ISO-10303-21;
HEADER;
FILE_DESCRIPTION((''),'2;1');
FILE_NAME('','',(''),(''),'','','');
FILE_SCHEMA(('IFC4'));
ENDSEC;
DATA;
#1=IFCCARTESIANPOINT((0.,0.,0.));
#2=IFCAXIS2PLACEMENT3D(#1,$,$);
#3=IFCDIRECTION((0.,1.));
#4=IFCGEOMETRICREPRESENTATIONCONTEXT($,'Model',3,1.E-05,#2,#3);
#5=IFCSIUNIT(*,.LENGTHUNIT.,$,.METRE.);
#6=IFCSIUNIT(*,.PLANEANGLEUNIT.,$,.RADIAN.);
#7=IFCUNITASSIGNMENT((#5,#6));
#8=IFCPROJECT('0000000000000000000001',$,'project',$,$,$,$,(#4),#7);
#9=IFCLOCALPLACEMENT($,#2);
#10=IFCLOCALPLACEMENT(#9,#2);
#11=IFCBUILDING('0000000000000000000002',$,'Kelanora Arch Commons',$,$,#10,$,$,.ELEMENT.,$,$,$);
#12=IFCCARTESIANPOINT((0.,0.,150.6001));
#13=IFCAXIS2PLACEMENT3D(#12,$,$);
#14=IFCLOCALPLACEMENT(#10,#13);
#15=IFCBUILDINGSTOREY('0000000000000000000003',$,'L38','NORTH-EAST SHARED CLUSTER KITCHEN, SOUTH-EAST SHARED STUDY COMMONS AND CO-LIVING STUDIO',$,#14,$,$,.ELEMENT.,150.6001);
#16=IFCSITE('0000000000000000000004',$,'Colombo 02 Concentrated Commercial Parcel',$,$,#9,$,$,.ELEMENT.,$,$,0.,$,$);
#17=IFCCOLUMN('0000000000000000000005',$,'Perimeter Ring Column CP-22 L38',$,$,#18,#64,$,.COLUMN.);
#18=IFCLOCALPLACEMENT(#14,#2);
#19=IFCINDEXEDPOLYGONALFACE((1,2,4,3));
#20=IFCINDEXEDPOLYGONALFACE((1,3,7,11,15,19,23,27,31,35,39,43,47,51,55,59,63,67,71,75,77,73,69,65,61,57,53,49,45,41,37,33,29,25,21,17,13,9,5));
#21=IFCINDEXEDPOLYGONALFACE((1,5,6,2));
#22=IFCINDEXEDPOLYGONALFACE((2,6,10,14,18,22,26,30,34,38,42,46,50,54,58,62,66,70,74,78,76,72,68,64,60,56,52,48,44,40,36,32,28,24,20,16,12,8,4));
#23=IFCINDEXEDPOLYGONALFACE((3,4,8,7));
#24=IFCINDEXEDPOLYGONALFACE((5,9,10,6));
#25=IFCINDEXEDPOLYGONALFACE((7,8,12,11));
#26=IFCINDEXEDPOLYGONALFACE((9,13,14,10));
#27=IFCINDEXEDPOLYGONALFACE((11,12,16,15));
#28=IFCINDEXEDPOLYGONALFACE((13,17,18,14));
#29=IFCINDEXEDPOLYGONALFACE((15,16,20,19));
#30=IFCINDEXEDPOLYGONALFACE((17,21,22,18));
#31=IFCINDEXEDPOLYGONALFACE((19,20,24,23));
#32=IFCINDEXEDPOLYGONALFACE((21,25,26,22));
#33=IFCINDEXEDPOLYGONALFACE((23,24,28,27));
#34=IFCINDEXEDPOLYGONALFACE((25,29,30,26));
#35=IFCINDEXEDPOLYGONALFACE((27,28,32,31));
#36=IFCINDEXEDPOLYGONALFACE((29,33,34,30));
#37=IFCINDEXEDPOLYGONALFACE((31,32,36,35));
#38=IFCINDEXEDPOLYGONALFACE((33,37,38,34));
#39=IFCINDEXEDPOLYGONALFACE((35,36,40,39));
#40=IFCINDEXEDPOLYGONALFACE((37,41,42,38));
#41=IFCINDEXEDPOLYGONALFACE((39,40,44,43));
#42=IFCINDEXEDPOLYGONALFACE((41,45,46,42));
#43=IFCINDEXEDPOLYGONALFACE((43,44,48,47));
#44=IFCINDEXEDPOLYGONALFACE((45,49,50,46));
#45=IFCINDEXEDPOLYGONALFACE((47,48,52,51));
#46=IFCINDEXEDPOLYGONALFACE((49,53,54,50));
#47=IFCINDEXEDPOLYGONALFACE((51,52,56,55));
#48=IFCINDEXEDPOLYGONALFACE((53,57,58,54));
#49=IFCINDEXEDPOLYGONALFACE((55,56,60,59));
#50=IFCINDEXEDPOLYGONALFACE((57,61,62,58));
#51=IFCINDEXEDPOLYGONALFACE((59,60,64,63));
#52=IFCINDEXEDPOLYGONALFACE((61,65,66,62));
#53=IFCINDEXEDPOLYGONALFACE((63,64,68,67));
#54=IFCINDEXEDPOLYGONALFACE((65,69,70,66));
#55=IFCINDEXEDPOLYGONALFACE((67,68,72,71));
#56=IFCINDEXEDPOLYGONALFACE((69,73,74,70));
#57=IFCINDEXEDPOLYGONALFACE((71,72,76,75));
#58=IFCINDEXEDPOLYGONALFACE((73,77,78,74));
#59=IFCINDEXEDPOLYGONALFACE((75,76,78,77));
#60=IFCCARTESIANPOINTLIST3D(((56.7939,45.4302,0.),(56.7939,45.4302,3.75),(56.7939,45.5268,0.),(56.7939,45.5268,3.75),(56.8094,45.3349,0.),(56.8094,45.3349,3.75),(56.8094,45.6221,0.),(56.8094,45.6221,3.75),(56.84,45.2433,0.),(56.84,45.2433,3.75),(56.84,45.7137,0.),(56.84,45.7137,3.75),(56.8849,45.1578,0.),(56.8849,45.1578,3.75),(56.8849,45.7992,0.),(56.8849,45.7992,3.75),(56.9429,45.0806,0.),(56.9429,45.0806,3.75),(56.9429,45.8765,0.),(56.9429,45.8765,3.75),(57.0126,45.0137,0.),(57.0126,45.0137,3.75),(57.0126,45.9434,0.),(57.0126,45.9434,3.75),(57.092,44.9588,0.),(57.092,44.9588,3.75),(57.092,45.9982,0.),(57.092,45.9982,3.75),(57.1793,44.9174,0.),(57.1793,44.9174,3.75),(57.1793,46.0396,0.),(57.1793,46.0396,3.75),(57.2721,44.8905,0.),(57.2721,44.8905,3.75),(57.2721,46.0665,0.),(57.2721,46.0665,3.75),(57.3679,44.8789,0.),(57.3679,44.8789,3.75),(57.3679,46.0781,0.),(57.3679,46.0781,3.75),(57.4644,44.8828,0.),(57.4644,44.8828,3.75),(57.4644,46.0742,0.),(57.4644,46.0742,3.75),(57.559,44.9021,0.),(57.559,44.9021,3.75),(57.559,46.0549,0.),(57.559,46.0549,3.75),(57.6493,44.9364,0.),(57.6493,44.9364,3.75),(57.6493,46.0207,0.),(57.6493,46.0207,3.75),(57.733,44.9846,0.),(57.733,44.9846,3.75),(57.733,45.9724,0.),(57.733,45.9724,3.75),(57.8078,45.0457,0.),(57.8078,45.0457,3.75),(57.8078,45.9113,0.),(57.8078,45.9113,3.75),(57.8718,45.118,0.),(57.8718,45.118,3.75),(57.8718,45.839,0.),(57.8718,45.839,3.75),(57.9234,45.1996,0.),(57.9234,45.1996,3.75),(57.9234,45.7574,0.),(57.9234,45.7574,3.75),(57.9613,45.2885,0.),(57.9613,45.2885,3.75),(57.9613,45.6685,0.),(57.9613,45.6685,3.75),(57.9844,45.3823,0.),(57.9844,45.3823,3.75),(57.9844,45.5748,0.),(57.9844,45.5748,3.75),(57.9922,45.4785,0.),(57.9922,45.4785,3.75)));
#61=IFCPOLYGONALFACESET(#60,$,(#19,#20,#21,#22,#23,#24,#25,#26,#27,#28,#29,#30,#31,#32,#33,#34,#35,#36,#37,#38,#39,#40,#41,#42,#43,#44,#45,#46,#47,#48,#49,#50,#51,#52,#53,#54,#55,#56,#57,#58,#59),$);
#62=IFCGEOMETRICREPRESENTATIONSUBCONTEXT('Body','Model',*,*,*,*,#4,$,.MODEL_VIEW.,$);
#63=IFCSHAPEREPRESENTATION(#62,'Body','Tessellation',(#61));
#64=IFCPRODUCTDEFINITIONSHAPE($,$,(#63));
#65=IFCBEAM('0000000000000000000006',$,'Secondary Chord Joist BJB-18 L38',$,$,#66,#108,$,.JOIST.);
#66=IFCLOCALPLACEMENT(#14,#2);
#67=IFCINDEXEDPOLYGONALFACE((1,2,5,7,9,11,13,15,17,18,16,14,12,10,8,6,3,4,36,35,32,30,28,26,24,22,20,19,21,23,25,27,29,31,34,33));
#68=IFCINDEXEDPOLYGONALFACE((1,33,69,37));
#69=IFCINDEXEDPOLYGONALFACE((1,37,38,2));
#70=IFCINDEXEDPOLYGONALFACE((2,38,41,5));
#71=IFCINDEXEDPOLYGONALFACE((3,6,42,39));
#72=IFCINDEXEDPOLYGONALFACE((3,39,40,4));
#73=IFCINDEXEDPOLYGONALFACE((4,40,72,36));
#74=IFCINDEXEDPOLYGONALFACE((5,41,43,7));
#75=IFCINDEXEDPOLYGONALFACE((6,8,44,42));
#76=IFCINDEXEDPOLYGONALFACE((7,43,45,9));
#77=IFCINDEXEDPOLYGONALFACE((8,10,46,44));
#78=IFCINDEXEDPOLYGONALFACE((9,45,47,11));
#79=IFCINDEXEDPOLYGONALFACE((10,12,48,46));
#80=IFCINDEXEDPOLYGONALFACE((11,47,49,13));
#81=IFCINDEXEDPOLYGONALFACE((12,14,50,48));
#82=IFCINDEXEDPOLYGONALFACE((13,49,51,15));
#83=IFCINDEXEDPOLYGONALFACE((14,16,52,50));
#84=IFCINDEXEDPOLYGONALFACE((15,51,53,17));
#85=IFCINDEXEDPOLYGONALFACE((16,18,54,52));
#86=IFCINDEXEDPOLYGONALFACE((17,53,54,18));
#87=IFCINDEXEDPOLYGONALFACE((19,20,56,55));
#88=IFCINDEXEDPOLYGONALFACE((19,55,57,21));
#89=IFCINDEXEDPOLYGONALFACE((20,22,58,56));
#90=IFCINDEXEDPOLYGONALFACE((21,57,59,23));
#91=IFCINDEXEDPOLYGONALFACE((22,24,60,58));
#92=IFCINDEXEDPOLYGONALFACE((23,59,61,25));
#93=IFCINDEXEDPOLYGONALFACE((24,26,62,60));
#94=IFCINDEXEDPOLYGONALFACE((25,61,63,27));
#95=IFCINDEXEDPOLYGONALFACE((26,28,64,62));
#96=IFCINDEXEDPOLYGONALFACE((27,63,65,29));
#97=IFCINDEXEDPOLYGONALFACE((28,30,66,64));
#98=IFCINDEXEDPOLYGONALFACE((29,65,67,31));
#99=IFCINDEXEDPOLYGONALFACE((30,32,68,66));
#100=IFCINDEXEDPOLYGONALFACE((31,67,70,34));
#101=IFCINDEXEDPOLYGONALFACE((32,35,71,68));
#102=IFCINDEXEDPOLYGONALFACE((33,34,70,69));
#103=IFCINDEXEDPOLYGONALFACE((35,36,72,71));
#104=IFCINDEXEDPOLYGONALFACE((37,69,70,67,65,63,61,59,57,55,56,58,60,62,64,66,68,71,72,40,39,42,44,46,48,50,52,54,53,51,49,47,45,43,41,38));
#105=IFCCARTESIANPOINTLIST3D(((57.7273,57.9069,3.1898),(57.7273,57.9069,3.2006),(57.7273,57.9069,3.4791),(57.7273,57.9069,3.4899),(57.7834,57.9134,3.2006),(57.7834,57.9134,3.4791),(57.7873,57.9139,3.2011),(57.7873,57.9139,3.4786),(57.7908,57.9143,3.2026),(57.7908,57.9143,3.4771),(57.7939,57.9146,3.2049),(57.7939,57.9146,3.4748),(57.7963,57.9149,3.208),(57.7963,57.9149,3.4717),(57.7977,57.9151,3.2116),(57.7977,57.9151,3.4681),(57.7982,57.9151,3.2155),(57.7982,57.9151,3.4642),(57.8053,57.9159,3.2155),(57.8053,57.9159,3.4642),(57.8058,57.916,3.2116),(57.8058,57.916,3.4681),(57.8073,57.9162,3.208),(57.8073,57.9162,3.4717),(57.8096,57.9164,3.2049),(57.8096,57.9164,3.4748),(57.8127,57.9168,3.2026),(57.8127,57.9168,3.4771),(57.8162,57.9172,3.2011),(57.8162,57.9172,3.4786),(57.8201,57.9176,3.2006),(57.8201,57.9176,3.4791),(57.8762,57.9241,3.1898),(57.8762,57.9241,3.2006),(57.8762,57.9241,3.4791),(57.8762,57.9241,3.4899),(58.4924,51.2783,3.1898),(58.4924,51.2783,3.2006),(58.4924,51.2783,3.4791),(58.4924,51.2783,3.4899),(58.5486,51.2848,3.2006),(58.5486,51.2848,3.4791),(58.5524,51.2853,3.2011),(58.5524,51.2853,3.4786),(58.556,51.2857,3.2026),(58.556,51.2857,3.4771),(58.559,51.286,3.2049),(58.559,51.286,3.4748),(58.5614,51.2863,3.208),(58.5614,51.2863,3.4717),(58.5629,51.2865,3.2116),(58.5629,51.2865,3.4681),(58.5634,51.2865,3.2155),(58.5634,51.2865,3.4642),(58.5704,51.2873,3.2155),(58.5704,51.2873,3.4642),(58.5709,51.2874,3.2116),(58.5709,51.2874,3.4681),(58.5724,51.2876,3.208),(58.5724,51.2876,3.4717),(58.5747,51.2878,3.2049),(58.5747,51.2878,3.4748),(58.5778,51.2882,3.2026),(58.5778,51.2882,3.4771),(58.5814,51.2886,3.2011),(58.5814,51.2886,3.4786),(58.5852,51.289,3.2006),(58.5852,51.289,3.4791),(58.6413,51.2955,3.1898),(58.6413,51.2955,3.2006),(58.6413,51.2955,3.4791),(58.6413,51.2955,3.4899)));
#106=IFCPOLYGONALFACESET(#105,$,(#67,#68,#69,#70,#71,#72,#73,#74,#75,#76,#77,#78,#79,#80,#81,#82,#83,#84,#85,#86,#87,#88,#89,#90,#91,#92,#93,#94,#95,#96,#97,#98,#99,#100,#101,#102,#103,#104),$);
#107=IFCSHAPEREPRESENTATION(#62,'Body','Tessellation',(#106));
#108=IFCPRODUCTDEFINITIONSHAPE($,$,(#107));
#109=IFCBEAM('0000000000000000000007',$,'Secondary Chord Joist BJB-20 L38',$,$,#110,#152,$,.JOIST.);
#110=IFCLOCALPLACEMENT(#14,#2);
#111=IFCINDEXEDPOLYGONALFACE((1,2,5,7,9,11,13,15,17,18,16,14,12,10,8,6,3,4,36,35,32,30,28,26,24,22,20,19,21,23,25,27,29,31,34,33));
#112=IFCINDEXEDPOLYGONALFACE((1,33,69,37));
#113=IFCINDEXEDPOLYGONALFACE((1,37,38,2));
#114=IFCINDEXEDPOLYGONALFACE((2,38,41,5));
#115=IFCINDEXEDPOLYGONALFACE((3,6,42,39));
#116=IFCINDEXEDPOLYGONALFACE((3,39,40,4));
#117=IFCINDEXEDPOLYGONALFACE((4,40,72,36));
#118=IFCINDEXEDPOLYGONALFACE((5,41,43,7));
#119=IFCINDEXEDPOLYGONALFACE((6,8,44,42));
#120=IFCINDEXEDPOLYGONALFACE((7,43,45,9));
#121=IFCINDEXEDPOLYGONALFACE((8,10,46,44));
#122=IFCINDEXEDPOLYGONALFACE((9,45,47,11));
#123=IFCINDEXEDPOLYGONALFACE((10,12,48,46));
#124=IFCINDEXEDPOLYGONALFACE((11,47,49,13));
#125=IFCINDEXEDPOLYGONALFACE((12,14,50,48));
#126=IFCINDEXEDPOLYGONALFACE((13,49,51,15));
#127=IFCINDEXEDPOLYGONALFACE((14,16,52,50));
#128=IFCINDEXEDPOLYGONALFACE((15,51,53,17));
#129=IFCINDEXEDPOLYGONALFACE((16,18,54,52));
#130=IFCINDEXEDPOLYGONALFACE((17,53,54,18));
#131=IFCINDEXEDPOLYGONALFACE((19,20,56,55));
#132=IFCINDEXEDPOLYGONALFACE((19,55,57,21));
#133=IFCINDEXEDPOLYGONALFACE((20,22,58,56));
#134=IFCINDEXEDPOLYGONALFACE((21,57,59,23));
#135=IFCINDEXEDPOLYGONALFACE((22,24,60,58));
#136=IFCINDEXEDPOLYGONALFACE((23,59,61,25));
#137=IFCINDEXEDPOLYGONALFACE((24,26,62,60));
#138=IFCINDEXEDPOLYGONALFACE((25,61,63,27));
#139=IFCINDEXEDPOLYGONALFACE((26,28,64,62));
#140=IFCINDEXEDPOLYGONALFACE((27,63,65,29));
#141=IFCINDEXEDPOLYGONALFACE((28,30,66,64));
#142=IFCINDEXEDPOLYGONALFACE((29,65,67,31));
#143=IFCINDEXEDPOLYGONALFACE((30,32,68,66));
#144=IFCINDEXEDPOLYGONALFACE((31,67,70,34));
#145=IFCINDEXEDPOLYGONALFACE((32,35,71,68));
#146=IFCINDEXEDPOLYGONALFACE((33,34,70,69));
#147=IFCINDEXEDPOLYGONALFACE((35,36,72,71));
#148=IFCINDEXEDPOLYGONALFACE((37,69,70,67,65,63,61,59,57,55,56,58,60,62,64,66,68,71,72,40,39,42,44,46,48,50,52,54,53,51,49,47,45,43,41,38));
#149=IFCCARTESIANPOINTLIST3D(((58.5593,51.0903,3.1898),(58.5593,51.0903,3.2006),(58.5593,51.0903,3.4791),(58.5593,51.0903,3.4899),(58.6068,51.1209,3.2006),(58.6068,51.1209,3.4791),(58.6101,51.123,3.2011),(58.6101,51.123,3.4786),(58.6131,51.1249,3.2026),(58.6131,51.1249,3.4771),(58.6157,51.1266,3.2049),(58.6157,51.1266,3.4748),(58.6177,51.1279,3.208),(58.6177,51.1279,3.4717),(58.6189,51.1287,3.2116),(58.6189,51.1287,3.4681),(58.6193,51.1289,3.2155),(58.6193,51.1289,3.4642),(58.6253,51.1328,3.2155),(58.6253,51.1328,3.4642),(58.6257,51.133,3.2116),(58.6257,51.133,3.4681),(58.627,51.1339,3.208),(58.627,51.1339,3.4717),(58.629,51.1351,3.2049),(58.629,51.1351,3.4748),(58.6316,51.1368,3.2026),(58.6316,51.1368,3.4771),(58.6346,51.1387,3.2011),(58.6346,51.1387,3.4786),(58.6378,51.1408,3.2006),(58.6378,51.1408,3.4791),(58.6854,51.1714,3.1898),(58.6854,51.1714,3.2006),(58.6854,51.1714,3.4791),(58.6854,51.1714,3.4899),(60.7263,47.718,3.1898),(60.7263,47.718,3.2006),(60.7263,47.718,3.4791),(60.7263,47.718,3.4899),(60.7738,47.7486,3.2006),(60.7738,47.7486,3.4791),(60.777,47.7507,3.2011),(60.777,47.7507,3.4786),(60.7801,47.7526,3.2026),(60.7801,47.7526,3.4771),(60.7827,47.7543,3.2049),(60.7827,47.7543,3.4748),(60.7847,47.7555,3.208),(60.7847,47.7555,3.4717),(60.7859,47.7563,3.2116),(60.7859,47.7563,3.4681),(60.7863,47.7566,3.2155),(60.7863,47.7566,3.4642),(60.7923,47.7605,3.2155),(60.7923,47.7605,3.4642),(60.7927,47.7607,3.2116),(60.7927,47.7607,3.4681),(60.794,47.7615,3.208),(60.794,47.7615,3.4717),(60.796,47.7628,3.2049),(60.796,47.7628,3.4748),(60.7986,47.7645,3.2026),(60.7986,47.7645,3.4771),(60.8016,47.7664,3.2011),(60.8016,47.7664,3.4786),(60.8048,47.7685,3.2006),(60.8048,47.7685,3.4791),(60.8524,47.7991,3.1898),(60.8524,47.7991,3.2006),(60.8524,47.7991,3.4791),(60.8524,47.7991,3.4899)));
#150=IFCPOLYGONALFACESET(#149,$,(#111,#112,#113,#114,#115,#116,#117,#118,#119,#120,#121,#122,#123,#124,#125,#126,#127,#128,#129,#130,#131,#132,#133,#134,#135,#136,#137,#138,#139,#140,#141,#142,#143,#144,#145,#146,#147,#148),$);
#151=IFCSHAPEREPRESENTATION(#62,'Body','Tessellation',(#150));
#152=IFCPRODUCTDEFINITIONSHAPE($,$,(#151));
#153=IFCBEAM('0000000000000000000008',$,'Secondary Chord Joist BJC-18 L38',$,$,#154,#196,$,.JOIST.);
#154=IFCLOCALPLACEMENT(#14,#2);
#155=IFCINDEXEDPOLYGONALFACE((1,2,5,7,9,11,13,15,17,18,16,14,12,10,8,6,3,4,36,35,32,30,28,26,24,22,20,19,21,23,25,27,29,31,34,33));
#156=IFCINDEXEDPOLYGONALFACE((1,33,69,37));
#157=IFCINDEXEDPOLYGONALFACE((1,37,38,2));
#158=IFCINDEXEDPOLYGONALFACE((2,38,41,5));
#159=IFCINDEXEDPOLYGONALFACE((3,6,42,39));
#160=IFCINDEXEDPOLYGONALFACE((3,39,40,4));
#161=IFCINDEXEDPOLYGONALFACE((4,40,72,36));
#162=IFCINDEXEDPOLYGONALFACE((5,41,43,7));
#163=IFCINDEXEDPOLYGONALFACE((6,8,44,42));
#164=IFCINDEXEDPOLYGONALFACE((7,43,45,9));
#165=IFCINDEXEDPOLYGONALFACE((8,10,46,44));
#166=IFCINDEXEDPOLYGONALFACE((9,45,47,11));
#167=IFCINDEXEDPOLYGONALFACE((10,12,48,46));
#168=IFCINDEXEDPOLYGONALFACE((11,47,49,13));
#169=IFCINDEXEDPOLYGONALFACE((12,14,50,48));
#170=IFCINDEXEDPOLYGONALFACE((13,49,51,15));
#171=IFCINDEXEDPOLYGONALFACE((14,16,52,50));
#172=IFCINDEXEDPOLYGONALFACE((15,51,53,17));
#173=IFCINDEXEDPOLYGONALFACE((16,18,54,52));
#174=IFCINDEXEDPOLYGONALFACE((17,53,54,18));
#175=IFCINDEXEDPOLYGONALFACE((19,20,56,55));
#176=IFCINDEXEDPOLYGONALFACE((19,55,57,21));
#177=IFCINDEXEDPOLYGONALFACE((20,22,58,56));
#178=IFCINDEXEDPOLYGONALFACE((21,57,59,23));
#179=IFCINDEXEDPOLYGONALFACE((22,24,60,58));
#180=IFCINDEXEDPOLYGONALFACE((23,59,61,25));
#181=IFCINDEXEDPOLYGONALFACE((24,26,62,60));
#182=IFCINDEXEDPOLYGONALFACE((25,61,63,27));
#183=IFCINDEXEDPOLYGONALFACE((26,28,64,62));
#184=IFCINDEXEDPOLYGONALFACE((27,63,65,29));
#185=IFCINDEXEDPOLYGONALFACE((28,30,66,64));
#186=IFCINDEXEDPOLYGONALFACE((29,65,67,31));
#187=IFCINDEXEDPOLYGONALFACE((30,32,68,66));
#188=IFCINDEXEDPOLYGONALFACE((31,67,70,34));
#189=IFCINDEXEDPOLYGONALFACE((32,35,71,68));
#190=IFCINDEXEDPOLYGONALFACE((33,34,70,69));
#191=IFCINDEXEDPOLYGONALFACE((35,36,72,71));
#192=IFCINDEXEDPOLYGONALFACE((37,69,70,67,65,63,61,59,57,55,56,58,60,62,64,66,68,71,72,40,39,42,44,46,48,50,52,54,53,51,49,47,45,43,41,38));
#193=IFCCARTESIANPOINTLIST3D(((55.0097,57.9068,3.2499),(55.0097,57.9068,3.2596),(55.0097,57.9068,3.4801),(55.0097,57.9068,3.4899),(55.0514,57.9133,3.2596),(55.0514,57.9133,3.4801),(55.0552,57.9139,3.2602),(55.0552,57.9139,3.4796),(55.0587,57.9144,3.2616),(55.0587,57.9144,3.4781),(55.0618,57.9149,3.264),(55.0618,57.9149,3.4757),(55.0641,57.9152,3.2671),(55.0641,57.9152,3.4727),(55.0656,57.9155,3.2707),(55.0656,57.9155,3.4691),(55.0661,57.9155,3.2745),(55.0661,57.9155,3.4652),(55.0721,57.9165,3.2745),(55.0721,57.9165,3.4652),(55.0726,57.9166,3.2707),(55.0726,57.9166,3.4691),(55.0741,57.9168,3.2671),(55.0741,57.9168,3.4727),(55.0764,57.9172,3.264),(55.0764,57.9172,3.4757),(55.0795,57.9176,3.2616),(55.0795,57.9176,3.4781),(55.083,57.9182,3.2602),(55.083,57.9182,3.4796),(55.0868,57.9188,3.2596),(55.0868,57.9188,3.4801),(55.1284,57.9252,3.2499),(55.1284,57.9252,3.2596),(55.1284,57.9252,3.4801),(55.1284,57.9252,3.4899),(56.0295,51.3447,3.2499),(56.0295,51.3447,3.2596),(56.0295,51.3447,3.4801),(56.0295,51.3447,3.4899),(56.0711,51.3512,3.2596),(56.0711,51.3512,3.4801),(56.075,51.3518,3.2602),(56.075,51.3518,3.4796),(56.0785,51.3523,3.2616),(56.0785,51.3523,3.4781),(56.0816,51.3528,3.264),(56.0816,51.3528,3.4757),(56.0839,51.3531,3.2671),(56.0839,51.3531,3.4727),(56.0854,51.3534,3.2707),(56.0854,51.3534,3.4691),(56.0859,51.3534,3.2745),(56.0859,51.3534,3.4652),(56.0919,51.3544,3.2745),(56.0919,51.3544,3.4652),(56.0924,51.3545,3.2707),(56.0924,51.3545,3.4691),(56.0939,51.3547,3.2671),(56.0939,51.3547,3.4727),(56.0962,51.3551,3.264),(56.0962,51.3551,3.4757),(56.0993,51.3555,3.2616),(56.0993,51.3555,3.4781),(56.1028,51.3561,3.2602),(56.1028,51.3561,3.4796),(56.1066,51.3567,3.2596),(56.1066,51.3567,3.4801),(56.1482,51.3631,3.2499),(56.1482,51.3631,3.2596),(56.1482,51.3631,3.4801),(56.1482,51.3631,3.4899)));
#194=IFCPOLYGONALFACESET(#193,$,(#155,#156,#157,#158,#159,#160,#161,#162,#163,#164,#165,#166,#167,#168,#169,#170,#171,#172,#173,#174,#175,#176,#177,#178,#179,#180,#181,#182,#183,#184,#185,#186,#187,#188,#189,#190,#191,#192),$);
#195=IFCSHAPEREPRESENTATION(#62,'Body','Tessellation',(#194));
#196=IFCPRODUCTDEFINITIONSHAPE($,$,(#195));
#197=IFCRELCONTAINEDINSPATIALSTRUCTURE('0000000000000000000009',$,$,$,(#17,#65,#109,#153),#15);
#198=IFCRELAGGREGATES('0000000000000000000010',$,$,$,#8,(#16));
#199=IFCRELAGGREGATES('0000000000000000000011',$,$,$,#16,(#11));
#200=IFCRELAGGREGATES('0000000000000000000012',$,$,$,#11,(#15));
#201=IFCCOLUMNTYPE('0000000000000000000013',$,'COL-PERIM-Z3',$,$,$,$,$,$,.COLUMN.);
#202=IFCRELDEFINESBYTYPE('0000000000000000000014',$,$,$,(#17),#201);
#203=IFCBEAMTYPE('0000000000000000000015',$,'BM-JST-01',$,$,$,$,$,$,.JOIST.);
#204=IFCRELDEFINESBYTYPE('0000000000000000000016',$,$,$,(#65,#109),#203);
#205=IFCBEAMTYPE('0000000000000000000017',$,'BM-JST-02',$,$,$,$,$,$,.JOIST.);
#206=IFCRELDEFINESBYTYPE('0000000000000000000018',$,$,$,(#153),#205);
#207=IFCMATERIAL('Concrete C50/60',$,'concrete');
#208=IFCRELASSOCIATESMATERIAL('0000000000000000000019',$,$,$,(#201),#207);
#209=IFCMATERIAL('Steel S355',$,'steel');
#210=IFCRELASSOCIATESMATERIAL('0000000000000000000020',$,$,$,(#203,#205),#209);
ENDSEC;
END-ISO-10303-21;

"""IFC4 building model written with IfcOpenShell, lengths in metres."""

from ifc_helpers import new_model, si_unit, direction, frame, origin, origin_2d, place, context, subcontext, project, spatial, circle, i_section, extrude, material, material_profile, profile_set, type_object, element, save


model = new_model("IFC4")

# Units and contexts
model_context = context("Model", 3, precision=1e-05, world=origin(), true_north=direction((0.0, 1.0)))
body_context = subcontext(model_context, "Body", "Model", "MODEL_VIEW")
ifc_project = project(units=[si_unit("LENGTHUNIT", "METRE"), si_unit("PLANEANGLEUNIT", "RADIAN")], contexts=[model_context])

# Site, building, storey
site_placement = place(None, origin())
site = spatial("IfcSite", under=ifc_project, at=site_placement, Name="Colombo 02 Concentrated Commercial Parcel", CompositionType="ELEMENT", RefElevation=0.0)
building_placement = place(site_placement, origin())
building = spatial("IfcBuilding", under=site, at=building_placement, Name="Kelanora Arch Commons", CompositionType="ELEMENT")
storey_placement = place(building_placement, frame((0.0, 0.0, 150.6001)))
storey = spatial("IfcBuildingStorey", under=building, at=storey_placement, Name="L38", Description="NORTH-EAST SHARED CLUSTER KITCHEN, SOUTH-EAST SHARED STUDY COMMONS AND CO-LIVING STUDIO", CompositionType="ELEMENT", Elevation=150.6001)

# Column
ifc_material_1 = material(Name="Concrete C50/60", Category="concrete")
ifc_material_profile_1 = material_profile(ifc_material_1, circle(Radius=0.6001, at=origin_2d()), Name="RCC1200")
ifc_profile_set_1 = profile_set([ifc_material_profile_1], Name="Concrete C50/60")
column_type = type_object("IfcColumnType", Name="COL-PERIM-Z3", PredefinedType="COLUMN", material=ifc_profile_set_1)
column_placement = place(storey_placement, frame((57.3921, 45.4785, 0.0), z_axis=(0.0, 0.0, 1.0), x_axis=(1.0, 0.0, 0.0)))
element("IfcColumn", 1, at=column_placement, inside=storey, type_object=column_type, Name="Perimeter Ring Column CP-22 L38", PredefinedType="COLUMN", context=body_context, shape_type="SweptSolid", body=[
    extrude(circle(Radius=0.6001, at=origin_2d()), origin(), (0.0, 0.0, 1.0), 3.75),
])

# Beams
ifc_material_2 = material(Name="Steel S355", Category="steel")
ifc_material_profile_2 = material_profile(ifc_material_2, i_section(OverallWidth=0.1499, OverallDepth=0.3, WebThickness=0.0071, FlangeThickness=0.0107, FilletRadius=0.0149, at=origin_2d()), Name="IPE300")
ifc_profile_set_2 = profile_set([ifc_material_profile_2], Name="Steel S355")
beam_type_1 = type_object("IfcBeamType", Name="BM-JST-01", PredefinedType="JOIST", material=ifc_profile_set_2)
beam_1_placement = place(storey_placement, frame((57.8018, 57.9155, 3.3398), z_axis=(0.114667, -0.993404, 0.0), x_axis=(0.993404, 0.114667, 0.0)))
element("IfcBeam", 2, at=beam_1_placement, inside=storey, type_object=beam_type_1, Name="Secondary Chord Joist BJB-18 L38", PredefinedType="JOIST", context=body_context, shape_type="SweptSolid", body=[
    extrude(i_section(OverallWidth=0.1499, OverallDepth=0.3, WebThickness=0.0071, FlangeThickness=0.0107, FilletRadius=0.0149, at=origin_2d()), origin(), (0.0, 0.0, 1.0), 6.6726),
])
beam_2_placement = place(storey_placement, frame((58.6223, 51.1309, 3.3398), z_axis=(0.540594, -0.841283, 0.0), x_axis=(0.841283, 0.540594, 0.0)))
element("IfcBeam", 3, at=beam_2_placement, inside=storey, type_object=beam_type_1, Name="Secondary Chord Joist BJB-20 L38", PredefinedType="JOIST", context=body_context, shape_type="SweptSolid", body=[
    extrude(i_section(OverallWidth=0.1499, OverallDepth=0.3, WebThickness=0.0071, FlangeThickness=0.0107, FilletRadius=0.0149, at=origin_2d()), origin(), (0.0, 0.0, 1.0), 4.0085),
])
ifc_material_profile_3 = material_profile(ifc_material_2, i_section(OverallWidth=0.1201, OverallDepth=0.24, WebThickness=0.0061, FlangeThickness=0.0098, FilletRadius=0.0149, at=origin_2d()), Name="IPE240")
ifc_profile_set_3 = profile_set([ifc_material_profile_3], Name="Steel S355")
beam_type_2 = type_object("IfcBeamType", Name="BM-JST-02", PredefinedType="JOIST", material=ifc_profile_set_3)
beam_3_placement = place(storey_placement, frame((55.0691, 57.916, 3.3699), z_axis=(0.153563, -0.988139, 0.0), x_axis=(0.988139, 0.153563, 0.0)))
element("IfcBeam", 4, at=beam_3_placement, inside=storey, type_object=beam_type_2, Name="Secondary Chord Joist BJC-18 L38", PredefinedType="JOIST", context=body_context, shape_type="SweptSolid", body=[
    extrude(i_section(OverallWidth=0.1201, OverallDepth=0.24, WebThickness=0.0061, FlangeThickness=0.0098, FilletRadius=0.0149, at=origin_2d()), origin(), (0.0, 0.0, 1.0), 6.6409),
])

save(model, "model.ifc")
